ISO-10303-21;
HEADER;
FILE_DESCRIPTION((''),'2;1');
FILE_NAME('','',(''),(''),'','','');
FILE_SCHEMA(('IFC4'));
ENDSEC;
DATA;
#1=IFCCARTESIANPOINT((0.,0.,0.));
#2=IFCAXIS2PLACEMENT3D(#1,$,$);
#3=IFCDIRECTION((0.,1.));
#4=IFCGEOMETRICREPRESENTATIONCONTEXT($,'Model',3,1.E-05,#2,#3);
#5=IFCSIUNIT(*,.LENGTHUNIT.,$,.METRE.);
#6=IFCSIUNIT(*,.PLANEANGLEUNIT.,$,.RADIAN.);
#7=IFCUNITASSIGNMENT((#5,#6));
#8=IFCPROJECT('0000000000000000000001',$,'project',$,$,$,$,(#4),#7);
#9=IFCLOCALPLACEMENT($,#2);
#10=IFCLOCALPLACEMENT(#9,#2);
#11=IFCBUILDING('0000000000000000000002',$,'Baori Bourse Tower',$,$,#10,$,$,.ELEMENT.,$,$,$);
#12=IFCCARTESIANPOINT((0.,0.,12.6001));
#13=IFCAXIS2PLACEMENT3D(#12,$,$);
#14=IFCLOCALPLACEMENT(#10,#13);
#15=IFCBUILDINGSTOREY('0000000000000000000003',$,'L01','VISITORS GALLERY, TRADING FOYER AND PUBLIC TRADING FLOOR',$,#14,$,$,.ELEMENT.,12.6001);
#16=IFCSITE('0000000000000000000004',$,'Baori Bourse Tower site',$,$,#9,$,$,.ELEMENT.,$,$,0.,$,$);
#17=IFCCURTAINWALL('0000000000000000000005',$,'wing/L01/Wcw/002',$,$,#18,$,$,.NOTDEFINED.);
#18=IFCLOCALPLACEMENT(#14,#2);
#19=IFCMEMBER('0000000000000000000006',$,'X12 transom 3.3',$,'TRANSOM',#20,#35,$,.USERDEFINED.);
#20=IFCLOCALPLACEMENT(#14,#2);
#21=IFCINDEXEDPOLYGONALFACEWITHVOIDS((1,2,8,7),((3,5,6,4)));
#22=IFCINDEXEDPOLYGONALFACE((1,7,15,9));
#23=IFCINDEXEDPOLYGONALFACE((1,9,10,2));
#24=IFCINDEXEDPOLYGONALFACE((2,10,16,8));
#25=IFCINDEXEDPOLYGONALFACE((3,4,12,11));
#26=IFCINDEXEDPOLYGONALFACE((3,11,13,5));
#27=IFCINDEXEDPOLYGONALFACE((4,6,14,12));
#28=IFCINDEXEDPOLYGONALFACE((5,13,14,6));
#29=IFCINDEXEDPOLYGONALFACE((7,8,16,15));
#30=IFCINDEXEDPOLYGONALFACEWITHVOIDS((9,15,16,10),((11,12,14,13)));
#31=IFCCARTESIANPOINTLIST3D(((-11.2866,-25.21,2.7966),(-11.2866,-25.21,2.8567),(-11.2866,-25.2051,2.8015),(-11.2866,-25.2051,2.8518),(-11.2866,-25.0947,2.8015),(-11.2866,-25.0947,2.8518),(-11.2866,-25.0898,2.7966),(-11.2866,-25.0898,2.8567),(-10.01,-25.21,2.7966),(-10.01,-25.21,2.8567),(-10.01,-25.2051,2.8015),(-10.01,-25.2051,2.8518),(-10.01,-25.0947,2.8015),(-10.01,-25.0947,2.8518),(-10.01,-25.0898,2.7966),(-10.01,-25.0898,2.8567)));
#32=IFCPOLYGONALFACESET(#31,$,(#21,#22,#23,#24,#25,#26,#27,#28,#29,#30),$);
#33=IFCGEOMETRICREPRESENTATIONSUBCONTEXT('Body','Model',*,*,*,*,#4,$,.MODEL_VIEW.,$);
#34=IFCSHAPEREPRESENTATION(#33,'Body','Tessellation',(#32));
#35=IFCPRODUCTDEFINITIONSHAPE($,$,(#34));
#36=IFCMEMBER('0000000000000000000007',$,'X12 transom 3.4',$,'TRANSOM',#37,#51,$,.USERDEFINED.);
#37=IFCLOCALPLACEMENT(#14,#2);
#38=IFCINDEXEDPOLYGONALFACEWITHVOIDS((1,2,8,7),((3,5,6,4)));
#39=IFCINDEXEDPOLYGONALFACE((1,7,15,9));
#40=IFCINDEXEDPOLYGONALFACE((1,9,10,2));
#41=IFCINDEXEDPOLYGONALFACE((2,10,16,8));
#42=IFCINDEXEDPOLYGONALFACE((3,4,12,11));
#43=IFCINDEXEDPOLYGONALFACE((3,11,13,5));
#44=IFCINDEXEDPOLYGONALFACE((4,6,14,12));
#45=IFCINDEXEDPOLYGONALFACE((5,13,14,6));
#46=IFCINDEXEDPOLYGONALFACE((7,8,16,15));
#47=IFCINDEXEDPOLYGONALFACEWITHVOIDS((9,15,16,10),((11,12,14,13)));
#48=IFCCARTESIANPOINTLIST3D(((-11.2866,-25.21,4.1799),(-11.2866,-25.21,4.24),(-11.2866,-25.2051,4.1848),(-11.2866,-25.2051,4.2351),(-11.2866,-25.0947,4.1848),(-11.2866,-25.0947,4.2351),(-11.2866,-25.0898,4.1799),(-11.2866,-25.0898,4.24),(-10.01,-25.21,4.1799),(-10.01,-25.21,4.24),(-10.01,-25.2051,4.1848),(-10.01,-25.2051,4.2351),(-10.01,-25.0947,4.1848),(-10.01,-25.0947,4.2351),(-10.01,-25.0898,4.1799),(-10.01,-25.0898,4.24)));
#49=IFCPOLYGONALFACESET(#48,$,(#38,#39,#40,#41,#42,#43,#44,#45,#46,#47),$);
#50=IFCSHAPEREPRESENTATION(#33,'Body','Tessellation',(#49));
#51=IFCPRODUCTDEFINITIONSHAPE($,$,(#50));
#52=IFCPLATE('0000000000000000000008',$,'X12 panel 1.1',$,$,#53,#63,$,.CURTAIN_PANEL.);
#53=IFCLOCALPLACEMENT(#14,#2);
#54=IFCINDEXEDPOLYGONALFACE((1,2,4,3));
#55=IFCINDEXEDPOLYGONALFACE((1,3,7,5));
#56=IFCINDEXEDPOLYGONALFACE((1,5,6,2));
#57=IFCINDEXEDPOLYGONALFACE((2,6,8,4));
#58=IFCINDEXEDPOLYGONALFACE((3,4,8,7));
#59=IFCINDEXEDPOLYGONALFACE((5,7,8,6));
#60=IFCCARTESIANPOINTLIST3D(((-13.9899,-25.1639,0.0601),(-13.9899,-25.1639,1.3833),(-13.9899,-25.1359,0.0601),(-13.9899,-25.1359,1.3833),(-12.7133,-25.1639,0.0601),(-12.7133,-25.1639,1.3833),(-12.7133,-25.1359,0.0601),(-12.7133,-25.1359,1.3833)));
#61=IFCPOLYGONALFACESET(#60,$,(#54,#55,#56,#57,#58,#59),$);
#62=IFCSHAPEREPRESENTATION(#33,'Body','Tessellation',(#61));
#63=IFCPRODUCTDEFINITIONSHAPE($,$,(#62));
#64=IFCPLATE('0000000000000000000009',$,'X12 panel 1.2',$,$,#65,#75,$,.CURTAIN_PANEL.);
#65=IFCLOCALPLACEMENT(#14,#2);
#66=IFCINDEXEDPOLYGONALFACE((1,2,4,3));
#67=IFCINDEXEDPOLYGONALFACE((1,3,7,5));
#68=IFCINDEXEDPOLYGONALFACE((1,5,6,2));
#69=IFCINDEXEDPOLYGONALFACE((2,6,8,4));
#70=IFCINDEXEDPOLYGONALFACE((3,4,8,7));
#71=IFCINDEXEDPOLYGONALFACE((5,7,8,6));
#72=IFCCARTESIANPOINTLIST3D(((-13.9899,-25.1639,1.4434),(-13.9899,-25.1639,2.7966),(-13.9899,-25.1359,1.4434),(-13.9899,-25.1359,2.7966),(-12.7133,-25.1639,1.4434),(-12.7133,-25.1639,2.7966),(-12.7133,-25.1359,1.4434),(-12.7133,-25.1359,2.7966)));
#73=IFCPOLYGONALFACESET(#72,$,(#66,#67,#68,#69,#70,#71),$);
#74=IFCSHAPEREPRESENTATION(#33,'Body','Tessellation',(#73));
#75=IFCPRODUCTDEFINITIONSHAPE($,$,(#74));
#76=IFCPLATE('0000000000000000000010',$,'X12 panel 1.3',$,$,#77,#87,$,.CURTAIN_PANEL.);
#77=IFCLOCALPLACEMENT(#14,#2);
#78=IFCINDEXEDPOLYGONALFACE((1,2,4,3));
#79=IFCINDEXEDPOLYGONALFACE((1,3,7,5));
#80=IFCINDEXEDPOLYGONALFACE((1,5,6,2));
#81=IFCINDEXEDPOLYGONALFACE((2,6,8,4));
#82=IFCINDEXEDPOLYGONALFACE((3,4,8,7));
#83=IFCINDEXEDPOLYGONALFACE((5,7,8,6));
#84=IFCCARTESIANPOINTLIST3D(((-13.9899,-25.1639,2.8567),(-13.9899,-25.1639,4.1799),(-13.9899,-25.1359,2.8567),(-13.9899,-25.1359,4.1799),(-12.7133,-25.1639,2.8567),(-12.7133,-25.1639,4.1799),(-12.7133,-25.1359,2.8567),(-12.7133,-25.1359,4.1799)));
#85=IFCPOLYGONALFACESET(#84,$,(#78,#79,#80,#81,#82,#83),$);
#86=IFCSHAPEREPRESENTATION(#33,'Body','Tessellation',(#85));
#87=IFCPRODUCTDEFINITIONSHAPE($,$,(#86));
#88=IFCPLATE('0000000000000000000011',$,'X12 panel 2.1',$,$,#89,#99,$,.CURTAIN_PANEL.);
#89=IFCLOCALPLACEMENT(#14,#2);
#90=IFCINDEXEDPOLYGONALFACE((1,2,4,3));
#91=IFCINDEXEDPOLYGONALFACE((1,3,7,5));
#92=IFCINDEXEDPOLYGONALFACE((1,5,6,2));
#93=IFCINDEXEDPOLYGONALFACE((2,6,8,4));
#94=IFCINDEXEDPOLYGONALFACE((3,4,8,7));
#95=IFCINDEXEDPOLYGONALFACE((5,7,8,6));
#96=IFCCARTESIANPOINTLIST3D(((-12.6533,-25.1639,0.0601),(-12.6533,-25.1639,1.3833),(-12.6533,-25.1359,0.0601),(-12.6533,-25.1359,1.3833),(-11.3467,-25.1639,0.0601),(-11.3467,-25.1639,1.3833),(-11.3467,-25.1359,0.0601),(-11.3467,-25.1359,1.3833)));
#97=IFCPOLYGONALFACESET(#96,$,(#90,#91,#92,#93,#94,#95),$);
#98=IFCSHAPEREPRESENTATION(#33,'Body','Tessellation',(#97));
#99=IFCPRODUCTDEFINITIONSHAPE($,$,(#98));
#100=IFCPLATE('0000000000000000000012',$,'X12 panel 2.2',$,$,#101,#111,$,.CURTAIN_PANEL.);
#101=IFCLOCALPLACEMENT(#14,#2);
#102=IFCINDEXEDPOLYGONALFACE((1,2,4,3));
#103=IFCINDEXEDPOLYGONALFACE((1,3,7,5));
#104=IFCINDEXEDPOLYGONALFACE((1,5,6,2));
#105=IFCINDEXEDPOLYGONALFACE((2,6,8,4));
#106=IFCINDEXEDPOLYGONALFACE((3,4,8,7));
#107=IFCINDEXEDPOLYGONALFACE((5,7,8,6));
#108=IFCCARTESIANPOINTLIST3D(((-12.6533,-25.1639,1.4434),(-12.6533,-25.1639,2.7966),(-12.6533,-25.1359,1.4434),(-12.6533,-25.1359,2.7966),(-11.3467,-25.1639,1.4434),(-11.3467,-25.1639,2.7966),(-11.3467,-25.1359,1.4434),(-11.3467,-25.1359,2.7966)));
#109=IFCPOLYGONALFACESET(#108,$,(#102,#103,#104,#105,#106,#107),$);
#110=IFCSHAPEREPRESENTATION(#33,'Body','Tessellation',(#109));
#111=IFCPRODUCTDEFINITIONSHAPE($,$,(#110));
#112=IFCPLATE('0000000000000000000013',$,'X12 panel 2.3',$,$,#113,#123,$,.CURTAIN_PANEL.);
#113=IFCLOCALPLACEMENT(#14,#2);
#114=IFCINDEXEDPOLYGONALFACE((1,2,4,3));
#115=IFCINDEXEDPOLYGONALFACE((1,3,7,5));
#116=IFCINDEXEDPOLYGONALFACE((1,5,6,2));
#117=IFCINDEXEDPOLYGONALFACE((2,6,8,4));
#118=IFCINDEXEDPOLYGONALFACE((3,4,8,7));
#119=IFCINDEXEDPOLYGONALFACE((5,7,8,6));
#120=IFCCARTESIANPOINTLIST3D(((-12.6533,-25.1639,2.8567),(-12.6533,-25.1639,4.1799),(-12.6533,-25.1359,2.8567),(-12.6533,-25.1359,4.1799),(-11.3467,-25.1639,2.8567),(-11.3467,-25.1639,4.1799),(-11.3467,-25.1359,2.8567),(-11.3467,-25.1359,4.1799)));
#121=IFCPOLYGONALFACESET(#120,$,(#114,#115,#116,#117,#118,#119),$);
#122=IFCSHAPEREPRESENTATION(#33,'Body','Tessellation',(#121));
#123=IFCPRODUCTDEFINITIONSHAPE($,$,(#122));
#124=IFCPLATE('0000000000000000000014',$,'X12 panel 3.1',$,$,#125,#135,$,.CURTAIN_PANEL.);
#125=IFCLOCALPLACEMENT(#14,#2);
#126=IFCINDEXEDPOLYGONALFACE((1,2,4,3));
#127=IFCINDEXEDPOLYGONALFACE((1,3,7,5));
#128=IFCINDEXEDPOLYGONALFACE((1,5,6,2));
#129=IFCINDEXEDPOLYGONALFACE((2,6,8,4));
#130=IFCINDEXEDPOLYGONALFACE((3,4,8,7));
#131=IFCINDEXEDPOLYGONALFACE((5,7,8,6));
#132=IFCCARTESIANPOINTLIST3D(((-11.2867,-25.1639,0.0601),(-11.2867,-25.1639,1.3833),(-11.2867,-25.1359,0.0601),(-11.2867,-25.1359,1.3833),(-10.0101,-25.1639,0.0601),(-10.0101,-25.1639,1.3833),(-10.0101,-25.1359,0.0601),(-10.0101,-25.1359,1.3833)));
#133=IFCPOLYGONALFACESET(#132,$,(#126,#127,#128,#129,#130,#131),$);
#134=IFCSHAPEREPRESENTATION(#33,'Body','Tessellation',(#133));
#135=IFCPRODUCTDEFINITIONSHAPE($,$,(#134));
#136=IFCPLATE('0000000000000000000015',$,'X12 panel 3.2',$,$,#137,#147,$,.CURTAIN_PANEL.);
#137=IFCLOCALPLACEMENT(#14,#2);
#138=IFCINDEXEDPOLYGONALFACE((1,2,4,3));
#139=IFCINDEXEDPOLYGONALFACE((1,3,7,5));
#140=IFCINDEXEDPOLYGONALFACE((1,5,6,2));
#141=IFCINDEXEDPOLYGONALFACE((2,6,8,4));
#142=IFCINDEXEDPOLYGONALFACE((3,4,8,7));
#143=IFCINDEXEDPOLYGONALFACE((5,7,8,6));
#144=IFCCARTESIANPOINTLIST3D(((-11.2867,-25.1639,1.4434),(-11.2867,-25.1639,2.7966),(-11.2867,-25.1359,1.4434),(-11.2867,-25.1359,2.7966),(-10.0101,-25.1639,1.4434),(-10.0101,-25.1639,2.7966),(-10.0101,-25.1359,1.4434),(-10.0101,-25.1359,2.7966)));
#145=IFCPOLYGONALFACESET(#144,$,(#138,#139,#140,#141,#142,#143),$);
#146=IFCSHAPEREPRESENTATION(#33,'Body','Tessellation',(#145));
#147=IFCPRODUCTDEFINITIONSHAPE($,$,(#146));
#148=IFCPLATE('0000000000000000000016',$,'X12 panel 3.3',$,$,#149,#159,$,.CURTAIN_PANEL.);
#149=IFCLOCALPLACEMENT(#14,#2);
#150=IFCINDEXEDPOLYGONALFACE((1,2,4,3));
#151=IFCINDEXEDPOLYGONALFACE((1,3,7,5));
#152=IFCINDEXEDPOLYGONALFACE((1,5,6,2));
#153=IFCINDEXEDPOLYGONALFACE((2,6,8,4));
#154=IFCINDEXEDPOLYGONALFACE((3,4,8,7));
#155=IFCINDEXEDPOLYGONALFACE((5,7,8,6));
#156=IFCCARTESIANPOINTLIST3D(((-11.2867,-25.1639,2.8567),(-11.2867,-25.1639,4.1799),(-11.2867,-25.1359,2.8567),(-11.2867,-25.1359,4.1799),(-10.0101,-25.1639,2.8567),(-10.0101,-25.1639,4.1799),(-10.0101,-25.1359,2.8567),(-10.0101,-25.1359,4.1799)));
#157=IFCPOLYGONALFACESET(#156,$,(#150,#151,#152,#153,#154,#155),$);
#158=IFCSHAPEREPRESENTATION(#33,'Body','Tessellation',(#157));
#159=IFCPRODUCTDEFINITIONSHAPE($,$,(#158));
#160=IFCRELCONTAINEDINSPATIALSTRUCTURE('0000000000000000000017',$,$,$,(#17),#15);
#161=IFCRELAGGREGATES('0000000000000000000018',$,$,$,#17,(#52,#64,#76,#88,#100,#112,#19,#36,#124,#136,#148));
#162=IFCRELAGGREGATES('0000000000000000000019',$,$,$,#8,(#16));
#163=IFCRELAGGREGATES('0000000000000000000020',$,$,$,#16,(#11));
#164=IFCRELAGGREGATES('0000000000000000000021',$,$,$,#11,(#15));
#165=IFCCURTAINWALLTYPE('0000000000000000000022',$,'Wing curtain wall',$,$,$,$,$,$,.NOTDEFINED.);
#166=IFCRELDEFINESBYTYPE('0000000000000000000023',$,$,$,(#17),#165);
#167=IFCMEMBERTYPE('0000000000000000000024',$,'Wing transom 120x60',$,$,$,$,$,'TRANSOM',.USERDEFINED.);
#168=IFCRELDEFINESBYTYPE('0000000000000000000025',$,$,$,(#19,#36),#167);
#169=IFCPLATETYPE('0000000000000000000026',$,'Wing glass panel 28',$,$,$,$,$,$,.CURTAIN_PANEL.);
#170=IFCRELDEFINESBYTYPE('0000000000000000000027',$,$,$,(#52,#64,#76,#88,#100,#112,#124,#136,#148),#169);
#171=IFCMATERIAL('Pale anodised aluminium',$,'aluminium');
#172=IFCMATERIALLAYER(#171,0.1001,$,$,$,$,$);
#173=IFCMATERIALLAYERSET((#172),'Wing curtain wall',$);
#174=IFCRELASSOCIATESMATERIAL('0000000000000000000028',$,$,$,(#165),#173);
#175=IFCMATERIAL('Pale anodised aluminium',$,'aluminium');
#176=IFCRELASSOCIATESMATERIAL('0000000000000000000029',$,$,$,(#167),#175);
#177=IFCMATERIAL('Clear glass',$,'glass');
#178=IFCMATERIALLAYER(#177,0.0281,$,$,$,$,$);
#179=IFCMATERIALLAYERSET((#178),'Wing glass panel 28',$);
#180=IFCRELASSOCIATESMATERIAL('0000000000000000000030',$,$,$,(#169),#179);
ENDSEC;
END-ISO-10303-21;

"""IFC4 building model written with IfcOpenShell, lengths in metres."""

from ifc_helpers import new_model, si_unit, direction, frame, origin, origin_2d, place, context, subcontext, project, spatial, rectangle, hollow_rectangle, extrude, material, layer, layer_set, material_profile, profile_set, type_object, element, aggregate, save


model = new_model("IFC4")

# Units and contexts
model_context = context("Model", 3, precision=1e-05, world=origin(), true_north=direction((0.0, 1.0)))
body_context = subcontext(model_context, "Body", "Model", "MODEL_VIEW")
ifc_project = project(units=[si_unit("LENGTHUNIT", "METRE"), si_unit("PLANEANGLEUNIT", "RADIAN")], contexts=[model_context])

# Site, building, storey
site_placement = place(None, origin())
site = spatial("IfcSite", under=ifc_project, at=site_placement, Name="Baori Bourse Tower site", CompositionType="ELEMENT", RefElevation=0.0)
building_placement = place(site_placement, origin())
building = spatial("IfcBuilding", under=site, at=building_placement, Name="Baori Bourse Tower", CompositionType="ELEMENT")
storey_placement = place(building_placement, frame((0.0, 0.0, 12.6001)))
storey = spatial("IfcBuildingStorey", under=building, at=storey_placement, Name="L01", Description="VISITORS GALLERY, TRADING FOYER AND PUBLIC TRADING FLOOR", CompositionType="ELEMENT", Elevation=12.6001)

# Curtain wall, members, plates
ifc_material_1 = material(Name="Pale anodised aluminium", Category="aluminium")
ifc_layer_1 = layer(ifc_material_1, 0.1001)
ifc_layer_set_1 = layer_set([ifc_layer_1], Name="Wing curtain wall")
curtain_wall_type = type_object("IfcCurtainWallType", Name="Wing curtain wall", PredefinedType="NOTDEFINED", material=ifc_layer_set_1)
curtain_wall_placement = place(storey_placement, origin())
curtain_wall = element("IfcCurtainWall", 1, at=curtain_wall_placement, inside=storey, type_object=curtain_wall_type, Name="wing/L01/Wcw/002", PredefinedType="NOTDEFINED")
ifc_material_2 = material(Name="Pale anodised aluminium", Category="aluminium")
ifc_material_profile_1 = material_profile(ifc_material_2, hollow_rectangle(XDim=0.1201, YDim=0.0601, WallThickness=0.0049, at=origin_2d()), Name="Transom 120x60x5")
ifc_profile_set_1 = profile_set([ifc_material_profile_1], Name="Pale anodised aluminium")
member_type_1 = type_object("IfcMemberType", Name="Wing transom 120x60", ElementType="TRANSOM", PredefinedType="USERDEFINED", material=ifc_profile_set_1)
member_1_placement = place(storey_placement, frame((-11.2866, -25.1499, 2.8267), z_axis=(1.0, 0.0, 0.0), x_axis=(0.0, 1.0, 0.0)))
member_1 = element("IfcMember", 2, at=member_1_placement, type_object=member_type_1, Name="X12 transom 3.3", ObjectType="TRANSOM", PredefinedType="USERDEFINED", context=body_context, shape_type="SweptSolid", body=[
    extrude(hollow_rectangle(XDim=0.1201, YDim=0.0601, WallThickness=0.0049, at=origin_2d()), origin(), (0.0, 0.0, 1.0), 1.2766),
])
member_2_placement = place(storey_placement, frame((-11.2866, -25.1499, 4.21), z_axis=(1.0, 0.0, 0.0), x_axis=(0.0, 1.0, 0.0)))
member_2 = element("IfcMember", 3, at=member_2_placement, type_object=member_type_1, Name="X12 transom 3.4", ObjectType="TRANSOM", PredefinedType="USERDEFINED", context=body_context, shape_type="SweptSolid", body=[
    extrude(hollow_rectangle(XDim=0.1201, YDim=0.0601, WallThickness=0.0049, at=origin_2d()), origin(), (0.0, 0.0, 1.0), 1.2766),
])
ifc_material_3 = material(Name="Clear glass", Category="glass")
ifc_layer_2 = layer(ifc_material_3, 0.0281)
ifc_layer_set_2 = layer_set([ifc_layer_2], Name="Wing glass panel 28")
plate_type = type_object("IfcPlateType", Name="Wing glass panel 28", PredefinedType="CURTAIN_PANEL", material=ifc_layer_set_2)
plate_1_placement = place(storey_placement, frame((-13.3516, -25.1499, 0.0601), z_axis=(0.0, 0.0, 1.0), x_axis=(1.0, 0.0, 0.0)))
plate_1 = element("IfcPlate", 4, at=plate_1_placement, type_object=plate_type, Name="X12 panel 1.1", PredefinedType="CURTAIN_PANEL", context=body_context, shape_type="SweptSolid", body=[
    extrude(rectangle(XDim=1.2766, YDim=0.0281, at=origin_2d()), origin(), (0.0, 0.0, 1.0), 1.3232),
])
plate_2_placement = place(storey_placement, frame((-13.3516, -25.1499, 1.4434), z_axis=(0.0, 0.0, 1.0), x_axis=(1.0, 0.0, 0.0)))
plate_2 = element("IfcPlate", 5, at=plate_2_placement, type_object=plate_type, Name="X12 panel 1.2", PredefinedType="CURTAIN_PANEL", context=body_context, shape_type="SweptSolid", body=[
    extrude(rectangle(XDim=1.2766, YDim=0.0281, at=origin_2d()), origin(), (0.0, 0.0, 1.0), 1.3533),
])
plate_3_placement = place(storey_placement, frame((-13.3516, -25.1499, 2.8567), z_axis=(0.0, 0.0, 1.0), x_axis=(1.0, 0.0, 0.0)))
plate_3 = element("IfcPlate", 6, at=plate_3_placement, type_object=plate_type, Name="X12 panel 1.3", PredefinedType="CURTAIN_PANEL", context=body_context, shape_type="SweptSolid", body=[
    extrude(rectangle(XDim=1.2766, YDim=0.0281, at=origin_2d()), origin(), (0.0, 0.0, 1.0), 1.3232),
])
plate_4_placement = place(storey_placement, frame((-12.0, -25.1499, 0.0601), z_axis=(0.0, 0.0, 1.0), x_axis=(1.0, 0.0, 0.0)))
plate_4 = element("IfcPlate", 7, at=plate_4_placement, type_object=plate_type, Name="X12 panel 2.1", PredefinedType="CURTAIN_PANEL", context=body_context, shape_type="SweptSolid", body=[
    extrude(rectangle(XDim=1.3066, YDim=0.0281, at=origin_2d()), origin(), (0.0, 0.0, 1.0), 1.3232),
])
plate_5_placement = place(storey_placement, frame((-12.0, -25.1499, 1.4434), z_axis=(0.0, 0.0, 1.0), x_axis=(1.0, 0.0, 0.0)))
plate_5 = element("IfcPlate", 8, at=plate_5_placement, type_object=plate_type, Name="X12 panel 2.2", PredefinedType="CURTAIN_PANEL", context=body_context, shape_type="SweptSolid", body=[
    extrude(rectangle(XDim=1.3066, YDim=0.0281, at=origin_2d()), origin(), (0.0, 0.0, 1.0), 1.3533),
])
plate_6_placement = place(storey_placement, frame((-12.0, -25.1499, 2.8567), z_axis=(0.0, 0.0, 1.0), x_axis=(1.0, 0.0, 0.0)))
plate_6 = element("IfcPlate", 9, at=plate_6_placement, type_object=plate_type, Name="X12 panel 2.3", PredefinedType="CURTAIN_PANEL", context=body_context, shape_type="SweptSolid", body=[
    extrude(rectangle(XDim=1.3066, YDim=0.0281, at=origin_2d()), origin(), (0.0, 0.0, 1.0), 1.3232),
])
plate_7_placement = place(storey_placement, frame((-10.6484, -25.1499, 0.0601), z_axis=(0.0, 0.0, 1.0), x_axis=(1.0, 0.0, 0.0)))
plate_7 = element("IfcPlate", 10, at=plate_7_placement, type_object=plate_type, Name="X12 panel 3.1", PredefinedType="CURTAIN_PANEL", context=body_context, shape_type="SweptSolid", body=[
    extrude(rectangle(XDim=1.2766, YDim=0.0281, at=origin_2d()), origin(), (0.0, 0.0, 1.0), 1.3232),
])
plate_8_placement = place(storey_placement, frame((-10.6484, -25.1499, 1.4434), z_axis=(0.0, 0.0, 1.0), x_axis=(1.0, 0.0, 0.0)))
plate_8 = element("IfcPlate", 11, at=plate_8_placement, type_object=plate_type, Name="X12 panel 3.2", PredefinedType="CURTAIN_PANEL", context=body_context, shape_type="SweptSolid", body=[
    extrude(rectangle(XDim=1.2766, YDim=0.0281, at=origin_2d()), origin(), (0.0, 0.0, 1.0), 1.3533),
])
plate_9_placement = place(storey_placement, frame((-10.6484, -25.1499, 2.8567), z_axis=(0.0, 0.0, 1.0), x_axis=(1.0, 0.0, 0.0)))
plate_9 = element("IfcPlate", 12, at=plate_9_placement, type_object=plate_type, Name="X12 panel 3.3", PredefinedType="CURTAIN_PANEL", context=body_context, shape_type="SweptSolid", body=[
    extrude(rectangle(XDim=1.2766, YDim=0.0281, at=origin_2d()), origin(), (0.0, 0.0, 1.0), 1.3232),
])
aggregate(curtain_wall, [plate_1, plate_2, plate_3, plate_4, plate_5, plate_6, member_1, member_2, plate_7, plate_8, plate_9])

save(model, "model.ifc")
